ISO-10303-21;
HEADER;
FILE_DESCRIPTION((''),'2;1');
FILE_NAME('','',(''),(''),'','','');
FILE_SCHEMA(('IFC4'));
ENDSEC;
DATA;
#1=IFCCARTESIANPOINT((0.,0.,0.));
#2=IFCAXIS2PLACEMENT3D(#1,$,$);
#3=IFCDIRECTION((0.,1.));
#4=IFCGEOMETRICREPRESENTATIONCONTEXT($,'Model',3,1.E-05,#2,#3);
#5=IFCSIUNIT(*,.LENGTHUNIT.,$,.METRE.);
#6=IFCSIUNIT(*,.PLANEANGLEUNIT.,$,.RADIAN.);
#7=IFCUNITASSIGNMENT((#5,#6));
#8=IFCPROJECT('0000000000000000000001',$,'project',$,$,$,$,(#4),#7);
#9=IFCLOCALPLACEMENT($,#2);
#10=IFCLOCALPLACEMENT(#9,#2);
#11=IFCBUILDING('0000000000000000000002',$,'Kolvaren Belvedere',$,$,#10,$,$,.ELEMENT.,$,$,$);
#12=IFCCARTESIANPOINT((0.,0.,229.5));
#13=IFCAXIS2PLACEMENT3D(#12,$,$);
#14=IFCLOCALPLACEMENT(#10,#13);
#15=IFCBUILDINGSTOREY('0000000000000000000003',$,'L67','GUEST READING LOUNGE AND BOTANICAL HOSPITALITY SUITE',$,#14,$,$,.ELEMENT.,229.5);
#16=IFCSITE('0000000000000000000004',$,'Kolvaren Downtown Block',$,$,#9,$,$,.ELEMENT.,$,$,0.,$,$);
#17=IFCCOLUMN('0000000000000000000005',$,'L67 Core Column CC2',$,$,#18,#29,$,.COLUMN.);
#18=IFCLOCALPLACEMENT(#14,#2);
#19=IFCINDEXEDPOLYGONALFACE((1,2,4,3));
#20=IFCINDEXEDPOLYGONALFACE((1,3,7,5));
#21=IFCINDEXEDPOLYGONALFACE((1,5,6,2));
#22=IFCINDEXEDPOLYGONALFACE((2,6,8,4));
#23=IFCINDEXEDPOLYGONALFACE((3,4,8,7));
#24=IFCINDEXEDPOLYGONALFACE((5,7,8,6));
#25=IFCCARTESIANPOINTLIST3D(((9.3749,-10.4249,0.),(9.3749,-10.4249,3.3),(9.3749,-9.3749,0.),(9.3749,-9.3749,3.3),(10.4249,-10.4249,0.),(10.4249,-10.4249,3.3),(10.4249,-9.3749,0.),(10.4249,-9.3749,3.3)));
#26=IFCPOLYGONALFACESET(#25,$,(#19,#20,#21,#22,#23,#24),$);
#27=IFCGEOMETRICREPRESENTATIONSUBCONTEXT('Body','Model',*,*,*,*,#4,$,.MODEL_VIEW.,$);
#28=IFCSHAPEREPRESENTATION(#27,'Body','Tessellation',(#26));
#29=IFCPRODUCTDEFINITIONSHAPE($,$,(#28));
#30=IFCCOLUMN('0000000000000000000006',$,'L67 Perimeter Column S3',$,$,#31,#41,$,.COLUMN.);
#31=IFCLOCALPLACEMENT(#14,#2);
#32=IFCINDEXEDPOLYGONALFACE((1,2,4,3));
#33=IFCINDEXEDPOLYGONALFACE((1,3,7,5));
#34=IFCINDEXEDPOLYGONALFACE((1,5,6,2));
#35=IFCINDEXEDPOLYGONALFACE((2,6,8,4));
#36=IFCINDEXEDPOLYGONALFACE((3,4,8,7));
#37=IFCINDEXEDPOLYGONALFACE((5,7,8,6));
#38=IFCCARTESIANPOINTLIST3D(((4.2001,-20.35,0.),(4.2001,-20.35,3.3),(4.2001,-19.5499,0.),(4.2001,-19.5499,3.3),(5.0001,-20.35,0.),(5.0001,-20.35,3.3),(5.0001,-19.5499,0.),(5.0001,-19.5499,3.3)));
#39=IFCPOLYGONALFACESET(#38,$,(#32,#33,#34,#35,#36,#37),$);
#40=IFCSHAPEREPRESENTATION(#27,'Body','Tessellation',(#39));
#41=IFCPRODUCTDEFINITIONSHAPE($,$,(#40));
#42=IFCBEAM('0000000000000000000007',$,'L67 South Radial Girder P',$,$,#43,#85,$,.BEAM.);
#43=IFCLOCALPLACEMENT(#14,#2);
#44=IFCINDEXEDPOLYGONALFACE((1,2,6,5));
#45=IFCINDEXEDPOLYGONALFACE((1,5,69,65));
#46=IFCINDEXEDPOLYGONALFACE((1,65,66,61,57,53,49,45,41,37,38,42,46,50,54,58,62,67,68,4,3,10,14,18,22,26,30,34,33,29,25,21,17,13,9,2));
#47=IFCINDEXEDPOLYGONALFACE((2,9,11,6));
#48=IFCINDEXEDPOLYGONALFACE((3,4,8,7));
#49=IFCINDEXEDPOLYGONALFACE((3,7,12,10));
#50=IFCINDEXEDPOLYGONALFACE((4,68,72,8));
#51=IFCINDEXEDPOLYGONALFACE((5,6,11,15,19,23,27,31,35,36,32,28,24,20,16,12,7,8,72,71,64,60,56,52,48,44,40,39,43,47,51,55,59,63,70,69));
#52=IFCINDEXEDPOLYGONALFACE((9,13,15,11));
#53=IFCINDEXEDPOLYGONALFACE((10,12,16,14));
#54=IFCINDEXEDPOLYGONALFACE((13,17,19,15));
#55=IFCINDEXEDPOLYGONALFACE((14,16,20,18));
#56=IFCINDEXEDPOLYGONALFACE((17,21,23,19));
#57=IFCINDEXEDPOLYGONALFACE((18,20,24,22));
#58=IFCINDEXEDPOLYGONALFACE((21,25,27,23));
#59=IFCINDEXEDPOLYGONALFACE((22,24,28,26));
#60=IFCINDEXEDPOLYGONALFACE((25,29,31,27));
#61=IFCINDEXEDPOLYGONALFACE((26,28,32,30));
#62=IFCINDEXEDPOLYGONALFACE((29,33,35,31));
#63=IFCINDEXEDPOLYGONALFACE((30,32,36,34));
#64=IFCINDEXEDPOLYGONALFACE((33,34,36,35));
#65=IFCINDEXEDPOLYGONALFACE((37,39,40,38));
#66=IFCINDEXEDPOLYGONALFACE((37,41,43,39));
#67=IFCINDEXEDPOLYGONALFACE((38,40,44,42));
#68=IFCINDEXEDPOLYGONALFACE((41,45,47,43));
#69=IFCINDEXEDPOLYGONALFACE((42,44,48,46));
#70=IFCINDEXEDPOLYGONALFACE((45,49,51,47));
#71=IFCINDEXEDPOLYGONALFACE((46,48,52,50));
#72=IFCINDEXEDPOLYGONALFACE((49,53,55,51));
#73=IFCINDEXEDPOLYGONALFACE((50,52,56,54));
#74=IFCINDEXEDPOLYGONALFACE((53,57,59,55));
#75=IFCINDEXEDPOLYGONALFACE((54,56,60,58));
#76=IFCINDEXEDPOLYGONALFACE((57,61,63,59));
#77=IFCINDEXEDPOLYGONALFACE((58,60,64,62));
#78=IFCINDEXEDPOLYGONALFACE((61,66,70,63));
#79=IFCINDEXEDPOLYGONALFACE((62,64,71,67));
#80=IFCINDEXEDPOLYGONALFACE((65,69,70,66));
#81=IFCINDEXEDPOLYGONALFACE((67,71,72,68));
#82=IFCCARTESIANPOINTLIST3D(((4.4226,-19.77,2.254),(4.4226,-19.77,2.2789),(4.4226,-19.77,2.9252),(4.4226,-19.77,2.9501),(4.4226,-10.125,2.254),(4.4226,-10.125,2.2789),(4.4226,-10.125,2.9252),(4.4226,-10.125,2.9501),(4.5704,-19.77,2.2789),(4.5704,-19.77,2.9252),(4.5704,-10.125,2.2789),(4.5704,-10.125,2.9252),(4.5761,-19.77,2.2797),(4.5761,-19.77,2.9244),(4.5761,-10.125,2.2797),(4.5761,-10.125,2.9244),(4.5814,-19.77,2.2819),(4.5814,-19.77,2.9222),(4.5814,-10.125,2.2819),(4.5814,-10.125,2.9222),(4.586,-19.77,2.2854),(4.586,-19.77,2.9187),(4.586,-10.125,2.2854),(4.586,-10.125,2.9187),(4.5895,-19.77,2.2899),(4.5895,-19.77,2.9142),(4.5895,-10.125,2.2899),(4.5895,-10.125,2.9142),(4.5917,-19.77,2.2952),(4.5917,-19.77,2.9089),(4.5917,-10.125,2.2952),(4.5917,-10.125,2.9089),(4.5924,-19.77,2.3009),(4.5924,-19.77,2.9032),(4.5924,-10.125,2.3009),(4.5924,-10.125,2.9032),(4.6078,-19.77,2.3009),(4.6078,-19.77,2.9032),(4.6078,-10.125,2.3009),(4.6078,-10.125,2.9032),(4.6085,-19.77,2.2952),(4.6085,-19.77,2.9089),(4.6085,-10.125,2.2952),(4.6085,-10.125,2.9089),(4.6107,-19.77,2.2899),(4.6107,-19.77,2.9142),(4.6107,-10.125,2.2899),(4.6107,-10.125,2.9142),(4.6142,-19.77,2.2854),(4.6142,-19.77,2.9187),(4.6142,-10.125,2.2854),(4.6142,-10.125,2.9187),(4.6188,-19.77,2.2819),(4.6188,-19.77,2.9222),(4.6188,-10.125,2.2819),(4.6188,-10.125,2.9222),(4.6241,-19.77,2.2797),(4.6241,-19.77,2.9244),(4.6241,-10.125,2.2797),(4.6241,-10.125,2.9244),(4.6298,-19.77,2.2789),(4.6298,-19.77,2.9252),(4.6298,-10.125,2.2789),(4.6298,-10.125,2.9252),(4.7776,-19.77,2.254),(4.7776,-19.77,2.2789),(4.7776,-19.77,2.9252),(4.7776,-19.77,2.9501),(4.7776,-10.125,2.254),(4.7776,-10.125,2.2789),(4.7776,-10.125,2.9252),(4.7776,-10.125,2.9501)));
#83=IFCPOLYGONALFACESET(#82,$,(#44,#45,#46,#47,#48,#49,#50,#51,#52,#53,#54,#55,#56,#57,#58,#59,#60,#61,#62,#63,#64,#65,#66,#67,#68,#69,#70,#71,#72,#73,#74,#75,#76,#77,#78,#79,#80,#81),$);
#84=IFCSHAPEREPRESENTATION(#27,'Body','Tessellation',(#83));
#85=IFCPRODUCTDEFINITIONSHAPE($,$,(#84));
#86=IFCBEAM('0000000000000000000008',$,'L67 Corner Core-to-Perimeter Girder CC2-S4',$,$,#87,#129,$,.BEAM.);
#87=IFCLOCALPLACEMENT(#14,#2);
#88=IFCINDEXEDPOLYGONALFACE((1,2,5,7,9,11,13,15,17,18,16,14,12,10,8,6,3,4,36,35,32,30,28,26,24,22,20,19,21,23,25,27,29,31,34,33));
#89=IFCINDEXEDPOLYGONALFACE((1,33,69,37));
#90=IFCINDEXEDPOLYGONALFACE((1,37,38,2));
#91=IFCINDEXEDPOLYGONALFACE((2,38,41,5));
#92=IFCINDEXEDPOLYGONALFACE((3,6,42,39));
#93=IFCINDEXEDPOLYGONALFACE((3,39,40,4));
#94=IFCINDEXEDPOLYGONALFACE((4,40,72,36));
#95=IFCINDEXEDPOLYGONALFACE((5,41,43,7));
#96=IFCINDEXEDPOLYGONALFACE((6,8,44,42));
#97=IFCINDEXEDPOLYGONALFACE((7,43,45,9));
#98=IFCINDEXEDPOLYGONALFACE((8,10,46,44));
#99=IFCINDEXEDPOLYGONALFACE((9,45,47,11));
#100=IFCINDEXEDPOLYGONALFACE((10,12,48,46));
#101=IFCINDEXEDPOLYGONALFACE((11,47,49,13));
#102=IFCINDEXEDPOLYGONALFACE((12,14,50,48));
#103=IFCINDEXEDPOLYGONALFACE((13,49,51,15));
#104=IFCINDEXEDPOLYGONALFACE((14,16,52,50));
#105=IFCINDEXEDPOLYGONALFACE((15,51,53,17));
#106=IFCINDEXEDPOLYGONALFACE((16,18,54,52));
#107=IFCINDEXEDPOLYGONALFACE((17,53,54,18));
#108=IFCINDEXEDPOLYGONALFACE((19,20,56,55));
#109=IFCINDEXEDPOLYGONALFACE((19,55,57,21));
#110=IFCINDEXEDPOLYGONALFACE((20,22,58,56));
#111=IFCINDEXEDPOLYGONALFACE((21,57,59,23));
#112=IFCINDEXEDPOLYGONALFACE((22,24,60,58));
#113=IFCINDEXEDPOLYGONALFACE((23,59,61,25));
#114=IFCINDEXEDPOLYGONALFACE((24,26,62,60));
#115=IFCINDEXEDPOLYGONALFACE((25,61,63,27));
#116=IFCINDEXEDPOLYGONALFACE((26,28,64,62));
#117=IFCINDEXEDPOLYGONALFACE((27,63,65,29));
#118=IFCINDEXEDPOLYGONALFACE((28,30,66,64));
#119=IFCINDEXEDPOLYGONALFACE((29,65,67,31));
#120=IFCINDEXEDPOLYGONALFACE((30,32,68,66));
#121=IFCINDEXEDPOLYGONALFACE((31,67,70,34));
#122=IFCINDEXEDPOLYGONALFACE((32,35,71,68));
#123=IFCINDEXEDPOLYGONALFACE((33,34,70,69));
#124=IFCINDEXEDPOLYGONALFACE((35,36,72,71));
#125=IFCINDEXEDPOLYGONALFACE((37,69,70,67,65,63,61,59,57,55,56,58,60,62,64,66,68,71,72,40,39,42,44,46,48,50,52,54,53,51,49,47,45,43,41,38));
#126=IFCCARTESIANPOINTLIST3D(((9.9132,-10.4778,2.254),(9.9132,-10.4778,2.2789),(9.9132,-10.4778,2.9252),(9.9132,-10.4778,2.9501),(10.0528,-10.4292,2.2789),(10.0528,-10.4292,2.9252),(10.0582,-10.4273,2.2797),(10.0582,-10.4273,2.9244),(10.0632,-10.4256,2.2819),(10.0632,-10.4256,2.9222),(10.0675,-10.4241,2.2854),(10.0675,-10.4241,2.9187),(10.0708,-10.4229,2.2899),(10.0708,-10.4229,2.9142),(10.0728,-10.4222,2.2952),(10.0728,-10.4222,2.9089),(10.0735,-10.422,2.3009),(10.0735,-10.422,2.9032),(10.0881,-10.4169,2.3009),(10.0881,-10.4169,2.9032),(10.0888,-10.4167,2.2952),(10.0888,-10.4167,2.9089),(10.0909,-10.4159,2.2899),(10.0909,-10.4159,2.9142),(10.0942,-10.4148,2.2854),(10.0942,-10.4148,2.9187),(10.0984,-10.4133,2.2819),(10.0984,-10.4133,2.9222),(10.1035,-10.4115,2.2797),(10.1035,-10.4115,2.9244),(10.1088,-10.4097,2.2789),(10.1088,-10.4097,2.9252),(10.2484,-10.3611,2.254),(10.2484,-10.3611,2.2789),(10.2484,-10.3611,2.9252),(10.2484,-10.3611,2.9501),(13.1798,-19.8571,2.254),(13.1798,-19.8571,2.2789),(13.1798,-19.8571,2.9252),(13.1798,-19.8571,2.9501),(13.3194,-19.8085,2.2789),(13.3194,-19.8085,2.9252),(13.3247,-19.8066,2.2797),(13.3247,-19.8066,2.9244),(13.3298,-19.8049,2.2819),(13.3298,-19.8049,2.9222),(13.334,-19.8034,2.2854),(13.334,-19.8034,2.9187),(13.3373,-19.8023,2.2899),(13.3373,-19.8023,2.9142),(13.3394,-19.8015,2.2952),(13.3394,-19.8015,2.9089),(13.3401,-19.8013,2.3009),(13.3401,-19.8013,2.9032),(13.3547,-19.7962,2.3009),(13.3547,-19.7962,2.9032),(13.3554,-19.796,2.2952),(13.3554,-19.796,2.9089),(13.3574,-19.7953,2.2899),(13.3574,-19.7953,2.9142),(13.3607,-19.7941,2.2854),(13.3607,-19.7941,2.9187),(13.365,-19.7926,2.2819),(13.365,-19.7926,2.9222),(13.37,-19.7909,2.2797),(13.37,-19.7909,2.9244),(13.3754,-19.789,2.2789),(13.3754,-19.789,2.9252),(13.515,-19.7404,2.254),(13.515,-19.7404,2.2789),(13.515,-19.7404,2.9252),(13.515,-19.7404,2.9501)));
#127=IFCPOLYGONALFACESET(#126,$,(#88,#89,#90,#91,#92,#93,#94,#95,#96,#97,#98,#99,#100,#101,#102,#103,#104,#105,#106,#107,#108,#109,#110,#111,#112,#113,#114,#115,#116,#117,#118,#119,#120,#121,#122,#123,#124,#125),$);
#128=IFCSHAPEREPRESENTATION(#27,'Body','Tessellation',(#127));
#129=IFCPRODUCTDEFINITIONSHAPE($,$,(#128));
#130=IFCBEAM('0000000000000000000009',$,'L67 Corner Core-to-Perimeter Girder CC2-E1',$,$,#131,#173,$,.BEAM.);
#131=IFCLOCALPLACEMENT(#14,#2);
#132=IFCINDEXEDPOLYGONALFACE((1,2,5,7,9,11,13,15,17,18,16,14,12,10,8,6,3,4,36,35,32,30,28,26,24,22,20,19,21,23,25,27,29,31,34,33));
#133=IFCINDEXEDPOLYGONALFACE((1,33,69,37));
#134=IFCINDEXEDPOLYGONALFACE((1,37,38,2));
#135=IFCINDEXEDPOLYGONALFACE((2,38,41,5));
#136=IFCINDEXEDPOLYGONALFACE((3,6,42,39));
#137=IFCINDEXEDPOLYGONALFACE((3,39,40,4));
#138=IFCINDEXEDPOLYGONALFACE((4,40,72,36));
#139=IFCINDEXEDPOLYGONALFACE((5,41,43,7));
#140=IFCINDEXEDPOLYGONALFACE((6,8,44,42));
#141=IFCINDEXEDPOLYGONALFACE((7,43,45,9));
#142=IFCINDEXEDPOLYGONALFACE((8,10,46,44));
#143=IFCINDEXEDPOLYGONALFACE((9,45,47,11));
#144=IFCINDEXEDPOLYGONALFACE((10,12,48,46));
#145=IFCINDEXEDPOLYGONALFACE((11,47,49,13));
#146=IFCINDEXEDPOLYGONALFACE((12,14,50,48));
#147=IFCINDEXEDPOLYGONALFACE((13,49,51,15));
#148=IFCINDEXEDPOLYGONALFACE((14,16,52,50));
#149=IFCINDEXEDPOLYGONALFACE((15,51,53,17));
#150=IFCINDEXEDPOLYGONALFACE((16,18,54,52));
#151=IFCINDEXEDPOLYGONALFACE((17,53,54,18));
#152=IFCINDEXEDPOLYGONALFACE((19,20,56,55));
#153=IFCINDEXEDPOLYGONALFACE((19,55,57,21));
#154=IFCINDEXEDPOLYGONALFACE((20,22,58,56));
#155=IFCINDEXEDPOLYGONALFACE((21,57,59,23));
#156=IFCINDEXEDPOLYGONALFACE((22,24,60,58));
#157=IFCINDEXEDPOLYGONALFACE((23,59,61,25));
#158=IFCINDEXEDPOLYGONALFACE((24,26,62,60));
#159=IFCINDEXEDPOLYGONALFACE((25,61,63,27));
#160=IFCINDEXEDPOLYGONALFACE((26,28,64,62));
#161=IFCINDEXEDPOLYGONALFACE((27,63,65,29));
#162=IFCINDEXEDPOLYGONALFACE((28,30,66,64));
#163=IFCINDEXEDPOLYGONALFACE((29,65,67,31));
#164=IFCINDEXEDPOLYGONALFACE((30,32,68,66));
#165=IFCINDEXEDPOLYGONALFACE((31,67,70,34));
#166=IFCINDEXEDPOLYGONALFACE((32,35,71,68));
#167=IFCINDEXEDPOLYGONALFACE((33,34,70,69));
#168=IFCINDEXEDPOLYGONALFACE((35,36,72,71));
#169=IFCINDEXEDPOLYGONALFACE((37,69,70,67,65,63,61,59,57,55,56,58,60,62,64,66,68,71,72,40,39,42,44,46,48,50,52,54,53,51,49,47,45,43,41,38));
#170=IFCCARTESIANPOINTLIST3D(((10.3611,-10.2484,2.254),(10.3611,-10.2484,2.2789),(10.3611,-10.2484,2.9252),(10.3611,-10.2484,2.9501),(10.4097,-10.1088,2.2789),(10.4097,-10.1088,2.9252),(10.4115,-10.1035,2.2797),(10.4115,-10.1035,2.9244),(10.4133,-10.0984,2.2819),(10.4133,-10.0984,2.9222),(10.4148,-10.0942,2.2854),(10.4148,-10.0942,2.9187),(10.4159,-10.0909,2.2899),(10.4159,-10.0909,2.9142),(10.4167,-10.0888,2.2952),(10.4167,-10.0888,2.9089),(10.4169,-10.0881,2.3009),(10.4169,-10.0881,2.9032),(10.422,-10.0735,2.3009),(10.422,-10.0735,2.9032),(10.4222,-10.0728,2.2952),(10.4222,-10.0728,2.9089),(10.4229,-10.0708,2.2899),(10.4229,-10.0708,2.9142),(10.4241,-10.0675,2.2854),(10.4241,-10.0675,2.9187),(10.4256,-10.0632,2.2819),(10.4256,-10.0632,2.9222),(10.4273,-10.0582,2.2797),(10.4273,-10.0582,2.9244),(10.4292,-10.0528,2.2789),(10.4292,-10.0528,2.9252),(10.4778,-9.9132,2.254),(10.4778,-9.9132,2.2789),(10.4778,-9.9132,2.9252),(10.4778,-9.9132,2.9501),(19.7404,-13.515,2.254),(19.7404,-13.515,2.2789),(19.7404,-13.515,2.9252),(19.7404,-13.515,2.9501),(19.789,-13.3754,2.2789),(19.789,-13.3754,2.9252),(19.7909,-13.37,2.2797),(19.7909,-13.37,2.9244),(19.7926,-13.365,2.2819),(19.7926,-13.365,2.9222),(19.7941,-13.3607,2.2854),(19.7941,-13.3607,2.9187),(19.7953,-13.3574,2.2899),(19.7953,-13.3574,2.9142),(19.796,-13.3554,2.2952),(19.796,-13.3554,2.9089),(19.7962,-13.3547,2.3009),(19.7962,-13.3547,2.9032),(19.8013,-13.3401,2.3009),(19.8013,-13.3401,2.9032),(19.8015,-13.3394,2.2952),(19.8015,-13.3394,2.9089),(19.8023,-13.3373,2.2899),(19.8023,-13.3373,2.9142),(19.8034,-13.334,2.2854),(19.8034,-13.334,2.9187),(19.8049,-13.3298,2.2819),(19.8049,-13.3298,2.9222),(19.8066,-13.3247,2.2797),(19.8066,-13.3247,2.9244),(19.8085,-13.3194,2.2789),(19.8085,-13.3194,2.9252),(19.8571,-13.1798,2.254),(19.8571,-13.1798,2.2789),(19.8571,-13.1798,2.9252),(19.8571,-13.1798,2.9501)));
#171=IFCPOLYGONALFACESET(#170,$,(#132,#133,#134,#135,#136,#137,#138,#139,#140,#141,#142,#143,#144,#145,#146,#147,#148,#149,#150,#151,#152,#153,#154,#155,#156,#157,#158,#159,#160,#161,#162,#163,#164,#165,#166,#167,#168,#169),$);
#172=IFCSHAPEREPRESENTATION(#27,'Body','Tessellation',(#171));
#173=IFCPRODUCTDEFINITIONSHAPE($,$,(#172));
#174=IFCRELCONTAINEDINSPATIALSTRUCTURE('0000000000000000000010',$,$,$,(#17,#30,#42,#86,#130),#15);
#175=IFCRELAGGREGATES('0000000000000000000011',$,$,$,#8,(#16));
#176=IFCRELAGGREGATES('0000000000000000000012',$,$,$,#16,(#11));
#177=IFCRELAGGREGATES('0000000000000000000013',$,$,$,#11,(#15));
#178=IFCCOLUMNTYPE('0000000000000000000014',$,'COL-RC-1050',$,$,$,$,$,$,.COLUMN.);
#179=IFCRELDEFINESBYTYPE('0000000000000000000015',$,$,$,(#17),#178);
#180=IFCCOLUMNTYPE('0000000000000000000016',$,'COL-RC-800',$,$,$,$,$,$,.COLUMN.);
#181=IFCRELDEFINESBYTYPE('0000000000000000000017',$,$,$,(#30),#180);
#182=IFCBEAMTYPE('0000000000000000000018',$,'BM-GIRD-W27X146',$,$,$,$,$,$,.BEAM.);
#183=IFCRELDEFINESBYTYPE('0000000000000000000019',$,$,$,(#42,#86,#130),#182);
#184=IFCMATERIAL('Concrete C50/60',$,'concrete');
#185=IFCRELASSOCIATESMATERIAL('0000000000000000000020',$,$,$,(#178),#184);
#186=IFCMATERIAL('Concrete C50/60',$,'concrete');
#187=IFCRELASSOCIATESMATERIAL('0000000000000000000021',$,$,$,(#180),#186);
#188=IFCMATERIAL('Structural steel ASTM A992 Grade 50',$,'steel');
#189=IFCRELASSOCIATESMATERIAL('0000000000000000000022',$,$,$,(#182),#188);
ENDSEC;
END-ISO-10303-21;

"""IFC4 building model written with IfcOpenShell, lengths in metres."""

from ifc_helpers import new_model, si_unit, direction, frame, origin, origin_2d, place, context, subcontext, project, spatial, rectangle, i_section, extrude, material, material_profile, profile_set, type_object, element, save


model = new_model("IFC4")

# Units and contexts
model_context = context("Model", 3, precision=1e-05, world=origin(), true_north=direction((0.0, 1.0)))
body_context = subcontext(model_context, "Body", "Model", "MODEL_VIEW")
ifc_project = project(units=[si_unit("LENGTHUNIT", "METRE"), si_unit("PLANEANGLEUNIT", "RADIAN")], contexts=[model_context])

# Site, building, storey
site_placement = place(None, origin())
site = spatial("IfcSite", under=ifc_project, at=site_placement, Name="Kolvaren Downtown Block", CompositionType="ELEMENT", RefElevation=0.0)
building_placement = place(site_placement, origin())
building = spatial("IfcBuilding", under=site, at=building_placement, Name="Kolvaren Belvedere", CompositionType="ELEMENT")
storey_placement = place(building_placement, frame((0.0, 0.0, 229.5)))
storey = spatial("IfcBuildingStorey", under=building, at=storey_placement, Name="L67", Description="GUEST READING LOUNGE AND BOTANICAL HOSPITALITY SUITE", CompositionType="ELEMENT", Elevation=229.5)

# Columns
ifc_material_1 = material(Name="Concrete C50/60", Category="concrete")
ifc_material_profile_1 = material_profile(ifc_material_1, rectangle(XDim=1.05, YDim=1.05, at=origin_2d()), Name="RC 1050X1050")
ifc_profile_set_1 = profile_set([ifc_material_profile_1], Name="Concrete C50/60")
column_type_1 = type_object("IfcColumnType", Name="COL-RC-1050", PredefinedType="COLUMN", material=ifc_profile_set_1)
column_1_placement = place(storey_placement, frame((9.8999, -9.8999, 0.0), z_axis=(0.0, 0.0, 1.0), x_axis=(1.0, 0.0, 0.0)))
element("IfcColumn", 1, at=column_1_placement, inside=storey, type_object=column_type_1, Name="L67 Core Column CC2", PredefinedType="COLUMN", context=body_context, shape_type="SweptSolid", body=[
    extrude(rectangle(XDim=1.05, YDim=1.05, at=origin_2d()), origin(), (0.0, 0.0, 1.0), 3.3),
])
ifc_material_2 = material(Name="Concrete C50/60", Category="concrete")
ifc_material_profile_2 = material_profile(ifc_material_2, rectangle(XDim=0.8, YDim=0.8, at=origin_2d()), Name="RC 800X800")
ifc_profile_set_2 = profile_set([ifc_material_profile_2], Name="Concrete C50/60")
column_type_2 = type_object("IfcColumnType", Name="COL-RC-800", PredefinedType="COLUMN", material=ifc_profile_set_2)
column_2_placement = place(storey_placement, frame((4.6001, -19.95, 0.0), z_axis=(0.0, 0.0, 1.0), x_axis=(1.0, 0.0, 0.0)))
element("IfcColumn", 2, at=column_2_placement, inside=storey, type_object=column_type_2, Name="L67 Perimeter Column S3", PredefinedType="COLUMN", context=body_context, shape_type="SweptSolid", body=[
    extrude(rectangle(XDim=0.8, YDim=0.8, at=origin_2d()), origin(), (0.0, 0.0, 1.0), 3.3),
])

# Beams
ifc_material_3 = material(Name="Structural steel ASTM A992 Grade 50", Category="steel")
ifc_material_profile_3 = material_profile(ifc_material_3, i_section(OverallWidth=0.355, OverallDepth=0.696, WebThickness=0.0154, FlangeThickness=0.0249, FilletRadius=0.022, at=origin_2d()), Name="W27X146")
ifc_profile_set_3 = profile_set([ifc_material_profile_3], Name="Structural steel ASTM A992 Grade 50")
beam_type_1 = type_object("IfcBeamType", Name="BM-GIRD-W27X146", PredefinedType="BEAM", material=ifc_profile_set_3)
beam_1_placement = place(storey_placement, frame((4.6001, -10.125, 2.6021), z_axis=(0.0, -1.0, 0.0), x_axis=(1.0, 0.0, 0.0)))
element("IfcBeam", 3, at=beam_1_placement, inside=storey, type_object=beam_type_1, Name="L67 South Radial Girder P", PredefinedType="BEAM", context=body_context, shape_type="SweptSolid", body=[
    extrude(i_section(OverallWidth=0.355, OverallDepth=0.696, WebThickness=0.0154, FlangeThickness=0.0249, FilletRadius=0.022, at=origin_2d()), origin(), (0.0, 0.0, 1.0), 9.645),
])
for number, where, z_axis, x_axis, name in (
    (4, (10.0808, -10.4194, 2.6021), (0.328898, -0.944365, 0.0), (0.944365, 0.328898, 0.0), "L67 Corner Core-to-Perimeter Girder CC2-S4"),
    (5, (10.4194, -10.0808, 2.6021), (0.944365, -0.328898, 0.0), (0.328898, 0.944365, 0.0), "L67 Corner Core-to-Perimeter Girder CC2-E1"),
):
    element("IfcBeam", number, at=place(storey_placement, frame(where, z_axis=z_axis, x_axis=x_axis)), inside=storey, type_object=beam_type_1, Name=name, PredefinedType="BEAM", context=body_context, shape_type="SweptSolid", body=[
        extrude(i_section(OverallWidth=0.355, OverallDepth=0.696, WebThickness=0.0154, FlangeThickness=0.0249, FilletRadius=0.022, at=origin_2d()), origin(), (0.0, 0.0, 1.0), 9.9319),
    ])

save(model, "model.ifc")
